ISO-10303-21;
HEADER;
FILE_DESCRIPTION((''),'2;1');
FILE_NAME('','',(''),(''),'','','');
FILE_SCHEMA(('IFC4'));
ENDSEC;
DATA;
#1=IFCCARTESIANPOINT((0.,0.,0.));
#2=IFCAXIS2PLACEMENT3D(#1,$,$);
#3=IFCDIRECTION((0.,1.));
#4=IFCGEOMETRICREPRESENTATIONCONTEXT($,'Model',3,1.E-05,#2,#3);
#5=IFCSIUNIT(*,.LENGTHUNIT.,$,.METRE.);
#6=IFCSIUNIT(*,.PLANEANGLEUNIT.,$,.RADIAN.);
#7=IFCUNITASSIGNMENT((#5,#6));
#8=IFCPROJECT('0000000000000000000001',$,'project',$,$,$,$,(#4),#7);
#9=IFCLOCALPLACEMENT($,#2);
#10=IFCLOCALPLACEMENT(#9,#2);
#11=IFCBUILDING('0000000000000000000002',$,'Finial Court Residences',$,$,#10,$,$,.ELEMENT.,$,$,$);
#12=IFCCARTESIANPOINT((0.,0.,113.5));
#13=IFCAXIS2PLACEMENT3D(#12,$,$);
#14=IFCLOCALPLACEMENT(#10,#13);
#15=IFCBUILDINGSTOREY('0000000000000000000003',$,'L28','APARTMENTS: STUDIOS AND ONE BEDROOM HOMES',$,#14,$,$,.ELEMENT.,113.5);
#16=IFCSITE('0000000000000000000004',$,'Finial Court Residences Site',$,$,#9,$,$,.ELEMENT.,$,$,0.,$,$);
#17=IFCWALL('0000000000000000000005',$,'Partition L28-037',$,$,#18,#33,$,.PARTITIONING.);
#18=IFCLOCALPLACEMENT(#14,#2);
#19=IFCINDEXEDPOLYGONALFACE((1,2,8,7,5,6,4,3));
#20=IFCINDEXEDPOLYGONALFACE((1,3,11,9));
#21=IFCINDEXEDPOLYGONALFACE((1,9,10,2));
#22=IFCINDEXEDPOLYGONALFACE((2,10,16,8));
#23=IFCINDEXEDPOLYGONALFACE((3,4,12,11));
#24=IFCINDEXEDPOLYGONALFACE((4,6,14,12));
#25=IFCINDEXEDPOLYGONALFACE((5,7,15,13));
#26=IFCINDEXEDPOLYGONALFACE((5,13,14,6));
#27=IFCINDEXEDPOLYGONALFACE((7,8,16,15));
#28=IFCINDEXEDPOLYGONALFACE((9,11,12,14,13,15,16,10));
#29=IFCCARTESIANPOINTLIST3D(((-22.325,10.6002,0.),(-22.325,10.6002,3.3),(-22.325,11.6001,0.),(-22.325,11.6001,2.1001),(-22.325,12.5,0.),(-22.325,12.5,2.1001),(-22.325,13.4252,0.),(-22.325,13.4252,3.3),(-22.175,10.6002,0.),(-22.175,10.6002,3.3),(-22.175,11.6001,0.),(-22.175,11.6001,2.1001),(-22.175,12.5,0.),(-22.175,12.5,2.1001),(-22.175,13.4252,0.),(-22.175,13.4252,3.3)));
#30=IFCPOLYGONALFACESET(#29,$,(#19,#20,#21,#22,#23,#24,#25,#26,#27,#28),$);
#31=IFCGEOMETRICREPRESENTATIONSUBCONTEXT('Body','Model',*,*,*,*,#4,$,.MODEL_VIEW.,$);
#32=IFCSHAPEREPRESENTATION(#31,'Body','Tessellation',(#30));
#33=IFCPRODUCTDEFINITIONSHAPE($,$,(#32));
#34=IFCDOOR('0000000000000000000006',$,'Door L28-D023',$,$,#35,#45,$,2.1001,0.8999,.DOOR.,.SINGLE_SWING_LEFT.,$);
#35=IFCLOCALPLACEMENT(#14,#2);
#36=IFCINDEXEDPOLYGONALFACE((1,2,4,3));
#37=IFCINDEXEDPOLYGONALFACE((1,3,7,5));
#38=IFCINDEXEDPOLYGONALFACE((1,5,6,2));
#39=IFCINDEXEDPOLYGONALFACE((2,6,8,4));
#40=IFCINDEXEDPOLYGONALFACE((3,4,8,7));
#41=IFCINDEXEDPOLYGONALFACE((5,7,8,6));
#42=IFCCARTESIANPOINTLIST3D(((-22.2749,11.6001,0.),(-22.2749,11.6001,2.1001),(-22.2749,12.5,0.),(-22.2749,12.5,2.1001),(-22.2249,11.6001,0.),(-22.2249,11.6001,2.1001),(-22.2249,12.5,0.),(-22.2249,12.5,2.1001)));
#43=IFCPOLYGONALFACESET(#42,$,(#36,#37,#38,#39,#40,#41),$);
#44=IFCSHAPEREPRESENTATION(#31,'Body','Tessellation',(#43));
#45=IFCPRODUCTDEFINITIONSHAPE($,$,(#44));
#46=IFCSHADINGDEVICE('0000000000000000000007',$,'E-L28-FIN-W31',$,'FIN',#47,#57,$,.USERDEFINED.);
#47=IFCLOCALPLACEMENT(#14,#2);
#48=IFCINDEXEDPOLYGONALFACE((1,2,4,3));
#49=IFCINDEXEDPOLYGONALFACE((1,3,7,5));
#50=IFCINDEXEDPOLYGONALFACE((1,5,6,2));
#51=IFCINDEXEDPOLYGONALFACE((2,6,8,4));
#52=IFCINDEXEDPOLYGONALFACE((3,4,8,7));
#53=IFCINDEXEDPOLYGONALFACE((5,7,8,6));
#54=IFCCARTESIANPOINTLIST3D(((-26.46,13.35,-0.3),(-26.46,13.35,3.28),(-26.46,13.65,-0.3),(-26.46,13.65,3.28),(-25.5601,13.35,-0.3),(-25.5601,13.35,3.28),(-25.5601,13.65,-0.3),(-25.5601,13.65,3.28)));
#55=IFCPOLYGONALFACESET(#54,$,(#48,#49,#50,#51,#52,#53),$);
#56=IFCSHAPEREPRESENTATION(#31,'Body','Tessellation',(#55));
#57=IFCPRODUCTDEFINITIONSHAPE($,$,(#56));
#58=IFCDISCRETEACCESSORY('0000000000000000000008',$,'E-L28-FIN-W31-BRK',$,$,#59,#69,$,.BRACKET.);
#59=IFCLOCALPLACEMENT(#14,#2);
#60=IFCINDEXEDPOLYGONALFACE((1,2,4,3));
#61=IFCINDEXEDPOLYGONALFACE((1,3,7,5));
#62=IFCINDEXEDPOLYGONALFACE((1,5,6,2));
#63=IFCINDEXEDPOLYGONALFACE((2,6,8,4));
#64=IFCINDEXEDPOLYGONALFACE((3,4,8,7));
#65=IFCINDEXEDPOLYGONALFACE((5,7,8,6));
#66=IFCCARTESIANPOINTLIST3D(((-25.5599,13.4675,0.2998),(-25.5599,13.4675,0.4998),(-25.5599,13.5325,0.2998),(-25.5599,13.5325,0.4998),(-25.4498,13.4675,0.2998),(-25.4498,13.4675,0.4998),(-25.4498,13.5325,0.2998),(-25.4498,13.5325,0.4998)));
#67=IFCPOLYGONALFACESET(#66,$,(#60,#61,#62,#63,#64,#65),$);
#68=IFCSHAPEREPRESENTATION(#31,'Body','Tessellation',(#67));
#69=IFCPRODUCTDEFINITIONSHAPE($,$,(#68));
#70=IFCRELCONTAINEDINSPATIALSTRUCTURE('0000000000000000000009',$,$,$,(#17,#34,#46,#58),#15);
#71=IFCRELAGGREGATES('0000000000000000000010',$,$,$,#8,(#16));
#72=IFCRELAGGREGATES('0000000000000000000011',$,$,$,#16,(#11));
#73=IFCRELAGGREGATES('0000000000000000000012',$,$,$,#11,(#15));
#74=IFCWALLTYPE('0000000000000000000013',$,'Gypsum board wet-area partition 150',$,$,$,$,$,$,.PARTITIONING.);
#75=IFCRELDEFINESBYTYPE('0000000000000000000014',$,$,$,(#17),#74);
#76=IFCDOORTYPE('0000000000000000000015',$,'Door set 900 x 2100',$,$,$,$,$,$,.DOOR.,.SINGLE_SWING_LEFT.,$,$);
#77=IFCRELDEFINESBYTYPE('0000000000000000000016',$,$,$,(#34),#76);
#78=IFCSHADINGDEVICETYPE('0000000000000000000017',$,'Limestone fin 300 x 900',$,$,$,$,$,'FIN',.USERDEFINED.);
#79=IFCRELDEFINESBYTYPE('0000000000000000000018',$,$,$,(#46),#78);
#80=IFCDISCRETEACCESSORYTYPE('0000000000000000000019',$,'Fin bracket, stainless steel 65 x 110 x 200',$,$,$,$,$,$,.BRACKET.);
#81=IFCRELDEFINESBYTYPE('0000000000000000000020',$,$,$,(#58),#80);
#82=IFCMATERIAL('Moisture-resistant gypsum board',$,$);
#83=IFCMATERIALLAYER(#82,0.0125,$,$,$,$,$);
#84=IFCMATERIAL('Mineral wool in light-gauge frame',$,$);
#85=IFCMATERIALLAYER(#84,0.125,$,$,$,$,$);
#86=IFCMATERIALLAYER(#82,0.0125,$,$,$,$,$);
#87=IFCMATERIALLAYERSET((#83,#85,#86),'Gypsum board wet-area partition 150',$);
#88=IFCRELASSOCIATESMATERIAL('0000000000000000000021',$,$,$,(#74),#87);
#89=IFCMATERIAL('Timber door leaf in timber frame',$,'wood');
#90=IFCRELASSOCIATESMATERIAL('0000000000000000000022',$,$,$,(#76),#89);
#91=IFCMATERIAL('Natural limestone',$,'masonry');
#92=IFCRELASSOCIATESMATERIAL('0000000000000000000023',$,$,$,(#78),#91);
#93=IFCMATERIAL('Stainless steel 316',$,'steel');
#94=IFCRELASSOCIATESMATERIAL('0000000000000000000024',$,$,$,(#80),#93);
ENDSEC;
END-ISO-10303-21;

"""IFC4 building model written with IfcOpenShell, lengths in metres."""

from ifc_helpers import new_model, si_unit, direction, frame, frame_2d, origin, origin_2d, place, context, subcontext, project, spatial, rectangle, extrude, material, layer, layer_set, type_object, element, fill, save


model = new_model("IFC4")

# Units and contexts
model_context = context("Model", 3, precision=1e-05, world=origin(), true_north=direction((0.0, 1.0)))
body_context = subcontext(model_context, "Body", "Model", "MODEL_VIEW")
ifc_project = project(units=[si_unit("LENGTHUNIT", "METRE"), si_unit("PLANEANGLEUNIT", "RADIAN")], contexts=[model_context])

# Site, building, storey
site_placement = place(None, origin())
site = spatial("IfcSite", under=ifc_project, at=site_placement, Name="Finial Court Residences Site", CompositionType="ELEMENT", RefElevation=0.0)
building_placement = place(site_placement, origin())
building = spatial("IfcBuilding", under=site, at=building_placement, Name="Finial Court Residences", CompositionType="ELEMENT")
storey_placement = place(building_placement, frame((0.0, 0.0, 113.5)))
storey = spatial("IfcBuildingStorey", under=building, at=storey_placement, Name="L28", Description="APARTMENTS: STUDIOS AND ONE BEDROOM HOMES", CompositionType="ELEMENT", Elevation=113.5)

# Shared definitions
ifc_material_1 = material(Name="Mineral wool in light-gauge frame")
ifc_material_2 = material(Name="Moisture-resistant gypsum board")
ifc_layer_1 = layer(ifc_material_2, 0.0125)
ifc_layer_2 = layer(ifc_material_1, 0.125)
ifc_layer_3 = layer(ifc_material_2, 0.0125)
ifc_layer_set_1 = layer_set([ifc_layer_1, ifc_layer_2, ifc_layer_3], Name="Gypsum board wet-area partition 150")
wall_type_1 = type_object("IfcWallType", Name="Gypsum board wet-area partition 150", PredefinedType="PARTITIONING", material=ifc_layer_set_1)

# Wall, opening, door
wall_1_placement = place(storey_placement, frame((-22.25, 10.6001, 0.0), z_axis=(0.0, 0.0, 1.0), x_axis=(0.0, 1.0, 0.0)))
wall_1 = element("IfcWall", 1, at=wall_1_placement, inside=storey, type_object=wall_type_1, Name="Partition L28-037", PredefinedType="PARTITIONING", context=body_context, shape_type="SweptSolid", body=[
    extrude(rectangle(XDim=2.825, YDim=0.1499, at=frame_2d((1.4126, 0.0))), origin(), (0.0, 0.0, 1.0), 3.3),
])
opening_1_placement = place(wall_1_placement, frame((1.0, 0.0, 0.0)))
opening_1 = element("IfcOpeningElement", 2, at=opening_1_placement, cuts=wall_1, PredefinedType="OPENING", context=body_context, shape_type="SweptSolid", body=[
    extrude(rectangle(XDim=0.8999, YDim=2.1001, at=frame_2d((0.45, 1.05))), frame((0.0, 0.085, 0.0), z_axis=(0.0, -1.0, 0.0), x_axis=(1.0, 0.0, 0.0)), (0.0, 0.0, 1.0), 0.1699),
])
ifc_material_3 = material(Name="Timber door leaf in timber frame", Category="wood")
door_type_1 = type_object("IfcDoorType", Name="Door set 900 x 2100", OperationType="SINGLE_SWING_LEFT", PredefinedType="DOOR", material=ifc_material_3)
door_1_placement = place(opening_1_placement, origin())
door_1 = element("IfcDoor", 3, at=door_1_placement, inside=storey, type_object=door_type_1, Name="Door L28-D023", OperationType="SINGLE_SWING_LEFT", OverallHeight=2.1001, OverallWidth=0.8999, PredefinedType="DOOR", context=body_context, shape_type="SweptSolid", body=[
    extrude(rectangle(XDim=0.8999, YDim=2.1001, at=frame_2d((0.45, 1.05))), frame((0.0, 0.0249, 0.0), z_axis=(0.0, -1.0, 0.0), x_axis=(1.0, 0.0, 0.0)), (0.0, 0.0, 1.0), 0.05),
])
fill(opening_1, door_1)

# Shading device
ifc_material_4 = material(Name="Natural limestone", Category="masonry")
shading_device_type = type_object("IfcShadingDeviceType", Name="Limestone fin 300 x 900", ElementType="FIN", PredefinedType="USERDEFINED", material=ifc_material_4)
shading_device_placement = place(storey_placement, frame((-26.01, 13.5, -0.3), z_axis=(0.0, 0.0, 1.0), x_axis=(1.0, 0.0, 0.0)))
element("IfcShadingDevice", 4, at=shading_device_placement, inside=storey, type_object=shading_device_type, Name="E-L28-FIN-W31", ObjectType="FIN", PredefinedType="USERDEFINED", context=body_context, shape_type="SweptSolid", body=[
    extrude(rectangle(XDim=0.8999, YDim=0.3, at=origin_2d()), origin(), (0.0, 0.0, 1.0), 3.5801),
])

# Discrete accessory
ifc_material_5 = material(Name="Stainless steel 316", Category="steel")
discrete_accessory_type = type_object("IfcDiscreteAccessoryType", Name="Fin bracket, stainless steel 65 x 110 x 200", PredefinedType="BRACKET", material=ifc_material_5)
discrete_accessory_placement = place(storey_placement, frame((-25.5049, 13.5, 0.2998), z_axis=(0.0, 0.0, 1.0), x_axis=(1.0, 0.0, 0.0)))
element("IfcDiscreteAccessory", 5, at=discrete_accessory_placement, inside=storey, type_object=discrete_accessory_type, Name="E-L28-FIN-W31-BRK", PredefinedType="BRACKET", context=body_context, shape_type="SweptSolid", body=[
    extrude(rectangle(XDim=0.1101, YDim=0.0649, at=origin_2d()), origin(), (0.0, 0.0, 1.0), 0.2),
])

save(model, "model.ifc")
